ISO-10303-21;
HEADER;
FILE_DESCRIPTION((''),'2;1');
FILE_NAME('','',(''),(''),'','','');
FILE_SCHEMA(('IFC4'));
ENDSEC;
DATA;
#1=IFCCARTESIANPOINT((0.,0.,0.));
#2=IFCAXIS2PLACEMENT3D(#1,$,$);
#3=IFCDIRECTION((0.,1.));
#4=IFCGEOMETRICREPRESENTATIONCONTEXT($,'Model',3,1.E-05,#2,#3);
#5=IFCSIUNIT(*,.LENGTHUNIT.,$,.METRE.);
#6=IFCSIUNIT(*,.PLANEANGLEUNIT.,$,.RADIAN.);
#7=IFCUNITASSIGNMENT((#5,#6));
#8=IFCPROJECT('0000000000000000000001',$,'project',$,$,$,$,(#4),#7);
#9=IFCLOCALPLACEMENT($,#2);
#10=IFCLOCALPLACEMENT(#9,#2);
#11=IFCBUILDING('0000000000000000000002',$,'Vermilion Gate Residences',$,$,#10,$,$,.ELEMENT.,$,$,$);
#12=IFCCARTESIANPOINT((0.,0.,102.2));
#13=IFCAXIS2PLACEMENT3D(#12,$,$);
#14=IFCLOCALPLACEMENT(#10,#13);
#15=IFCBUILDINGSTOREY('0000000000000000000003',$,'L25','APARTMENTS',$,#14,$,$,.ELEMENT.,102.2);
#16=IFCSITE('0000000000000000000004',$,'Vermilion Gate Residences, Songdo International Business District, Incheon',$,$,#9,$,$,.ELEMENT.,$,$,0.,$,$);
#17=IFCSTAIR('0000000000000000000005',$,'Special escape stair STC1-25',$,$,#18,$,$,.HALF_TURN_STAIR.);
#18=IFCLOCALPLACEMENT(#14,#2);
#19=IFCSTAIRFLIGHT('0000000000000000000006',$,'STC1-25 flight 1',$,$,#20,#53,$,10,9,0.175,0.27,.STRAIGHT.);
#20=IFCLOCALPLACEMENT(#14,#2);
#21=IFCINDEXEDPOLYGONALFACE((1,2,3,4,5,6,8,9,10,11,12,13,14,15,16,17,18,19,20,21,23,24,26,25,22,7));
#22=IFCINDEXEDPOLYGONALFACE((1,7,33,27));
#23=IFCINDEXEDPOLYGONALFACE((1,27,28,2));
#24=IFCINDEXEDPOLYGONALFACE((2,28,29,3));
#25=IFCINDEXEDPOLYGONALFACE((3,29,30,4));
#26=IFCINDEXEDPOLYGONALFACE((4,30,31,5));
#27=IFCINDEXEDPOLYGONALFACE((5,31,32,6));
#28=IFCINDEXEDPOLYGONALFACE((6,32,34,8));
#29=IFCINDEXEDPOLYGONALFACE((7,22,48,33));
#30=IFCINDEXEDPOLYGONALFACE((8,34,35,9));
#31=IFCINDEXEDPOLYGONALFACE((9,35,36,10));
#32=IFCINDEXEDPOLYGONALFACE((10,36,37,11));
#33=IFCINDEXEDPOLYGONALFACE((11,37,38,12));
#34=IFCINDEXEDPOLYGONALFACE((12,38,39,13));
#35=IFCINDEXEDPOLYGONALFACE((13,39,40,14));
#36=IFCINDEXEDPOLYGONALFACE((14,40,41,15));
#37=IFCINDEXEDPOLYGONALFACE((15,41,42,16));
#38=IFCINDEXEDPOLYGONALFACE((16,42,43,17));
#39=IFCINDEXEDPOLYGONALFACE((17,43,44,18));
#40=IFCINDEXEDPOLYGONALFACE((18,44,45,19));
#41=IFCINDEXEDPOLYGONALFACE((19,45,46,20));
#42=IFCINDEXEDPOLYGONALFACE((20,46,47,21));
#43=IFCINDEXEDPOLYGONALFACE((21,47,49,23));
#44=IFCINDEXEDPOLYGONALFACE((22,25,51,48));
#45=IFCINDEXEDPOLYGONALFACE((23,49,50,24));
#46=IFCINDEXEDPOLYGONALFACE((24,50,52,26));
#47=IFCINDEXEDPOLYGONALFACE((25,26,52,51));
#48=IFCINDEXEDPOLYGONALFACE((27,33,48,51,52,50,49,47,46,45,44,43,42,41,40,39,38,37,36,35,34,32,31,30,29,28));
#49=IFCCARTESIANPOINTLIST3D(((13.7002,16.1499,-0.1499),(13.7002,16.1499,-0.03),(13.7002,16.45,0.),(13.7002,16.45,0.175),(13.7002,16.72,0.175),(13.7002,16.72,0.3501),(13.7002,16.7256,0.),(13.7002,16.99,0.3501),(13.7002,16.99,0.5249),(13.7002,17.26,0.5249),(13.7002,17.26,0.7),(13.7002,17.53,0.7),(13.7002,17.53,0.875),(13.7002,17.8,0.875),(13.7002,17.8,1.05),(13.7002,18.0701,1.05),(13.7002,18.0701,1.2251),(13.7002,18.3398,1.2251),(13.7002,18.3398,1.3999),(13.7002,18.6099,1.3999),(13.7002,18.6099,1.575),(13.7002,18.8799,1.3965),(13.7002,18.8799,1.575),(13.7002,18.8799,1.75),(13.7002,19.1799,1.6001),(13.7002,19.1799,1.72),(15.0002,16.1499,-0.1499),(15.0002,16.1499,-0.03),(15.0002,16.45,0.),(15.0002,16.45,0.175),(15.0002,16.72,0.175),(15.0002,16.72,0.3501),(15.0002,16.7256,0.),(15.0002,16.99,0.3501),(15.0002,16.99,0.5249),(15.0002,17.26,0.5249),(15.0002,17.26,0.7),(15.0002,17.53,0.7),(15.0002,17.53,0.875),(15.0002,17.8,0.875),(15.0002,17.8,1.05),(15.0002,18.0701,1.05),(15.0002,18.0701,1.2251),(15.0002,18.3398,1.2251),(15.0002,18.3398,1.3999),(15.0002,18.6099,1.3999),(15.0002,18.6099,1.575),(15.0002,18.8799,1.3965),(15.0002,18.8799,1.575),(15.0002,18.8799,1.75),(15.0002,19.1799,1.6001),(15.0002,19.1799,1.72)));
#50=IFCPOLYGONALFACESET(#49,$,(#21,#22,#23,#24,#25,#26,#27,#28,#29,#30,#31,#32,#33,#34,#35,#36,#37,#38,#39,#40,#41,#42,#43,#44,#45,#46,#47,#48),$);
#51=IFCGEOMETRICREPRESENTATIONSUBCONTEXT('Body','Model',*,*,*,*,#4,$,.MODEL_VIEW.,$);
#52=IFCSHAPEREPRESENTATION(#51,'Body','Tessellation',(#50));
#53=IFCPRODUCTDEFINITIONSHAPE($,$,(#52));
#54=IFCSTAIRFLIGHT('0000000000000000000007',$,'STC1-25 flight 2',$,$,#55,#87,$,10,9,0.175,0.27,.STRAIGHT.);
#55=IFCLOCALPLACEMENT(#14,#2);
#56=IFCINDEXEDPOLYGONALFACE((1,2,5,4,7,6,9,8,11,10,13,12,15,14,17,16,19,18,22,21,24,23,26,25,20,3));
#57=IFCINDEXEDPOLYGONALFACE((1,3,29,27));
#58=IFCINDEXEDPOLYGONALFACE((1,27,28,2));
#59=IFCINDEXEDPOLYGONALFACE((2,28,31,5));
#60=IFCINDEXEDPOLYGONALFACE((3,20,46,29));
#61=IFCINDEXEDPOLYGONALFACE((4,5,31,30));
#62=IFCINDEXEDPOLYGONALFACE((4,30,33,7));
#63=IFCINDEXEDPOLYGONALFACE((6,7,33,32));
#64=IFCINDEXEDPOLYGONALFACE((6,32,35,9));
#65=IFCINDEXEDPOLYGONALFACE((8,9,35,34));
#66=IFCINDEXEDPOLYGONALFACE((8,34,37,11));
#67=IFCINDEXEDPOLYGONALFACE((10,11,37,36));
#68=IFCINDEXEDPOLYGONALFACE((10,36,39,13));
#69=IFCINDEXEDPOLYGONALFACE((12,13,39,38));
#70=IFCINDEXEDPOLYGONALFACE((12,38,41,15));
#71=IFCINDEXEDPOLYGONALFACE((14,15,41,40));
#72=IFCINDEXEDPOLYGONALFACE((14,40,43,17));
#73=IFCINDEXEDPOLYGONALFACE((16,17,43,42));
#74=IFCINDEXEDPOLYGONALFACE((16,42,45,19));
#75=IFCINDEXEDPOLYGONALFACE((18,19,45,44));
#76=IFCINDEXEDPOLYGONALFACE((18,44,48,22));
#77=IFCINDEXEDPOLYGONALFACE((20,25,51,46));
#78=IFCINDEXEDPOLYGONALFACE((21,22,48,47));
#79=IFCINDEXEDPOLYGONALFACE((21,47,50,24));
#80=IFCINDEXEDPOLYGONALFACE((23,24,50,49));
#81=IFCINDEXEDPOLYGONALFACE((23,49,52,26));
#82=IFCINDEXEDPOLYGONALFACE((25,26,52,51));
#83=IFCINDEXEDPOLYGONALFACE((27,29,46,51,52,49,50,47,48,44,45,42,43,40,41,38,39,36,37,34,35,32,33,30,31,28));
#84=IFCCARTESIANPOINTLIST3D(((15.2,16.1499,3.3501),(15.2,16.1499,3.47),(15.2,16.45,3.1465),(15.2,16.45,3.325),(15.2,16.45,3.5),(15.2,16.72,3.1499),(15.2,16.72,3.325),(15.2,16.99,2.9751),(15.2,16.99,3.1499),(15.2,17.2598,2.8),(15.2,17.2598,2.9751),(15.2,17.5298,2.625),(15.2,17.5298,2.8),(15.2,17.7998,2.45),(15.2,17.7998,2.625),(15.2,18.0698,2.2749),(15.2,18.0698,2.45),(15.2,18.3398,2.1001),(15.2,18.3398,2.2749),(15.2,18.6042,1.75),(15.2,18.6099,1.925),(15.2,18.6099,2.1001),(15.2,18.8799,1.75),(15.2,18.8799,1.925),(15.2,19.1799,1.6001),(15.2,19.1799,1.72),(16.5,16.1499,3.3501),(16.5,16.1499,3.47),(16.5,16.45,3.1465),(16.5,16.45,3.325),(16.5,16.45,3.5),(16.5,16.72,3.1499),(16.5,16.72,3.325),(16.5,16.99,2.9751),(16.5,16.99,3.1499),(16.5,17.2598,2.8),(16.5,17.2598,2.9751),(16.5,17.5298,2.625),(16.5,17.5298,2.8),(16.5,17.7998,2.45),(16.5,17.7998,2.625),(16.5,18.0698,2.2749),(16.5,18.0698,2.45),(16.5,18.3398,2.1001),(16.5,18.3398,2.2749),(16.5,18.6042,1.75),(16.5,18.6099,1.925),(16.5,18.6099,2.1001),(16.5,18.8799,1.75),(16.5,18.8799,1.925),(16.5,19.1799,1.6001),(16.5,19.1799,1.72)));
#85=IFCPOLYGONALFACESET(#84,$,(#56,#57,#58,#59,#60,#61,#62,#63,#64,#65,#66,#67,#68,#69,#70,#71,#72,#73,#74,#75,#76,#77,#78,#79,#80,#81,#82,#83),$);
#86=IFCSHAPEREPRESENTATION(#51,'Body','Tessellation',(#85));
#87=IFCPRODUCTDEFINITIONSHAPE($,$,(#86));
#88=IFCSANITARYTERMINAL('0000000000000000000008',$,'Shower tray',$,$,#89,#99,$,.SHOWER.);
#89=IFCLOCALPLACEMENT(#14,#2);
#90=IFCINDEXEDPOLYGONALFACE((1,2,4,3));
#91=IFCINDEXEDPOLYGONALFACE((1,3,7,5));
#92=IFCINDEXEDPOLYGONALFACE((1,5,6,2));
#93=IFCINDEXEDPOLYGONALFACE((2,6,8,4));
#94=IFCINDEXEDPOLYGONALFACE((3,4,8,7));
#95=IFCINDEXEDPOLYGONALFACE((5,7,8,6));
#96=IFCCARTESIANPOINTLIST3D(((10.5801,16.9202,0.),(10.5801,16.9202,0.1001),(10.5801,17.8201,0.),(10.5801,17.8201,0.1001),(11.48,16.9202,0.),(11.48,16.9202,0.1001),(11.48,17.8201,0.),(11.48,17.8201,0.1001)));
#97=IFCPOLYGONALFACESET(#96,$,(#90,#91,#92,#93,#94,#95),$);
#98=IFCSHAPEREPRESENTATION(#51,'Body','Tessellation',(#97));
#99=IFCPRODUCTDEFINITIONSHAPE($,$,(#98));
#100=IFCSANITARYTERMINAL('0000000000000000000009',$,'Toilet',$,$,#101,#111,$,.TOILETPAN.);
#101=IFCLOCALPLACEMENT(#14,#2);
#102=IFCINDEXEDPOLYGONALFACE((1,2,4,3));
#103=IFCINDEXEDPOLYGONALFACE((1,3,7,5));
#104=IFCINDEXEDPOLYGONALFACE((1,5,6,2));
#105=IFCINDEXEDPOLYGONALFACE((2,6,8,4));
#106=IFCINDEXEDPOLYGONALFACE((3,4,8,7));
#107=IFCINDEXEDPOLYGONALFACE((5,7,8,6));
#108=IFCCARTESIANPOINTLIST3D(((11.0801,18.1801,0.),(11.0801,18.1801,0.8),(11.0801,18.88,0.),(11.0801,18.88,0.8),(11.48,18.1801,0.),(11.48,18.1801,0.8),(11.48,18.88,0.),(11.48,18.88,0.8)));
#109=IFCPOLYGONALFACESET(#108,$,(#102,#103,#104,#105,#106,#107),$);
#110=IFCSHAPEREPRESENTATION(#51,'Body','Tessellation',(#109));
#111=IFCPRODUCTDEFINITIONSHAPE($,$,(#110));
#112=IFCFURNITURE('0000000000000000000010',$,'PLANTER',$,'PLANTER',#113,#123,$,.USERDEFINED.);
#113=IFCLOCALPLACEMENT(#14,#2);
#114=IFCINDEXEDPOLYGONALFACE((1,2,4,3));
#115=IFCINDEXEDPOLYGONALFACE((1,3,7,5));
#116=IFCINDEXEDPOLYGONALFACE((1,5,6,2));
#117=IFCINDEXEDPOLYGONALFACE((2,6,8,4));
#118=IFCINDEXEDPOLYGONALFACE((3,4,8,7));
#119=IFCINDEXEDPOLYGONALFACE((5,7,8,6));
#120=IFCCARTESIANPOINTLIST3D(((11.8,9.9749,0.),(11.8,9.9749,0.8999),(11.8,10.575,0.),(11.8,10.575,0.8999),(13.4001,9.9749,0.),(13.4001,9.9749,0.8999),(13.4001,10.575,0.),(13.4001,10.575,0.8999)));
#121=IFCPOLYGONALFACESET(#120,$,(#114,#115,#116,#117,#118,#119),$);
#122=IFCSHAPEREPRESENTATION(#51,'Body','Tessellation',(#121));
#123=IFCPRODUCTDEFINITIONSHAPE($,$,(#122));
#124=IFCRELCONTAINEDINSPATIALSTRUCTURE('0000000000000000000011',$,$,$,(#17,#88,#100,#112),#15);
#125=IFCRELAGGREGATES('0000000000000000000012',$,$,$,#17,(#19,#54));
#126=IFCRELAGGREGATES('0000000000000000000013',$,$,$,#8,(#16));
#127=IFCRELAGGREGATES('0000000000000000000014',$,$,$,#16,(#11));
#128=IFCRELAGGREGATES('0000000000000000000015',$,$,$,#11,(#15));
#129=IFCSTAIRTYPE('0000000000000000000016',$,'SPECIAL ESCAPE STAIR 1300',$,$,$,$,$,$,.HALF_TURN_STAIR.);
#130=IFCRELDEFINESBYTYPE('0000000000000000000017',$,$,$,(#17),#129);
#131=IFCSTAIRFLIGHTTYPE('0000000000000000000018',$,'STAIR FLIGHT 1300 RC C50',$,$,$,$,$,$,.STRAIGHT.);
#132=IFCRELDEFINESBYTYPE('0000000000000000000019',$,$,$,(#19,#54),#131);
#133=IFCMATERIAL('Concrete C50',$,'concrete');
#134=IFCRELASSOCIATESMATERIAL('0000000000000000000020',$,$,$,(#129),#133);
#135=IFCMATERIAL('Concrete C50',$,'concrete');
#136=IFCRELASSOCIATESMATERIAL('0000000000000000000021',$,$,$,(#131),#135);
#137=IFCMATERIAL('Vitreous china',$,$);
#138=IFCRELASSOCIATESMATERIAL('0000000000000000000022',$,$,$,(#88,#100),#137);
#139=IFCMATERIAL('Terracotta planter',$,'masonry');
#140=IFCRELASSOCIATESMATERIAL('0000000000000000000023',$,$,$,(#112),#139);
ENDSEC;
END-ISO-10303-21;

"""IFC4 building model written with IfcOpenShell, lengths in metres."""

from ifc_helpers import new_model, si_unit, direction, frame, origin, origin_2d, place, context, subcontext, project, spatial, polyline, rectangle, outline, extrude, material, type_object, element, aggregate, save


model = new_model("IFC4")

# Units and contexts
model_context = context("Model", 3, precision=1e-05, world=origin(), true_north=direction((0.0, 1.0)))
body_context = subcontext(model_context, "Body", "Model", "MODEL_VIEW")
ifc_project = project(units=[si_unit("LENGTHUNIT", "METRE"), si_unit("PLANEANGLEUNIT", "RADIAN")], contexts=[model_context])

# Site, building, storey
site_placement = place(None, origin())
site = spatial("IfcSite", under=ifc_project, at=site_placement, Name="Vermilion Gate Residences, Songdo International Business District, Incheon", CompositionType="ELEMENT", RefElevation=0.0)
building_placement = place(site_placement, origin())
building = spatial("IfcBuilding", under=site, at=building_placement, Name="Vermilion Gate Residences", CompositionType="ELEMENT")
storey_placement = place(building_placement, frame((0.0, 0.0, 102.2)))
storey = spatial("IfcBuildingStorey", under=building, at=storey_placement, Name="L25", Description="APARTMENTS", CompositionType="ELEMENT", Elevation=102.2)

# Stair, stair flights
ifc_material_1 = material(Name="Concrete C50", Category="concrete")
stair_type = type_object("IfcStairType", Name="SPECIAL ESCAPE STAIR 1300", PredefinedType="HALF_TURN_STAIR", material=ifc_material_1)
stair_placement = place(storey_placement, origin())
stair = element("IfcStair", 1, at=stair_placement, inside=storey, type_object=stair_type, Name="Special escape stair STC1-25", PredefinedType="HALF_TURN_STAIR")
ifc_material_2 = material(Name="Concrete C50", Category="concrete")
stair_flight_type = type_object("IfcStairFlightType", Name="STAIR FLIGHT 1300 RC C50", PredefinedType="STRAIGHT", material=ifc_material_2)
stair_flight_1_placement = place(storey_placement, frame((14.3501, 16.45, 0.0), z_axis=(0.0, 0.0, 1.0), x_axis=(0.0, 1.0, 0.0)))
stair_flight_1 = element("IfcStairFlight", 2, at=stair_flight_1_placement, type_object=stair_flight_type, Name="STC1-25 flight 1", NumberOfRisers=10, NumberOfTreads=9, PredefinedType="STRAIGHT", RiserHeight=0.175, TreadLength=0.27, context=body_context, shape_type="SweptSolid", body=[
    extrude(outline(polyline([(-0.3, -0.1499), (-0.3, -0.03), (0.0, 0.0), (0.0, 0.175), (0.27, 0.175), (0.27, 0.3501), (0.54, 0.3501), (0.54, 0.5249), (0.8101, 0.5249), (0.8101, 0.7), (1.0801, 0.7), (1.0801, 0.875), (1.3501, 0.875), (1.3501, 1.05), (1.6201, 1.05), (1.6201, 1.2251), (1.8899, 1.2251), (1.8899, 1.3999), (2.1599, 1.3999), (2.1599, 1.575), (2.4299, 1.575), (2.4299, 1.75), (2.73, 1.72), (2.73, 1.6001), (2.4299, 1.3965), (0.2756, 0.0), (-0.3, -0.1499)])), frame((0.0, 0.6499, 0.0), z_axis=(0.0, -1.0, 0.0), x_axis=(1.0, 0.0, 0.0)), (0.0, 0.0, 1.0), 1.3),
])
stair_flight_2_placement = place(storey_placement, frame((15.8501, 18.8799, 1.75), z_axis=(0.0, 0.0, 1.0), x_axis=(0.0, -1.0, 0.0)))
stair_flight_2 = element("IfcStairFlight", 3, at=stair_flight_2_placement, type_object=stair_flight_type, Name="STC1-25 flight 2", NumberOfRisers=10, NumberOfTreads=9, PredefinedType="STRAIGHT", RiserHeight=0.175, TreadLength=0.27, context=body_context, shape_type="SweptSolid", body=[
    extrude(outline(polyline([(-0.3, -0.1499), (-0.3, -0.03), (0.0, 0.0), (0.0, 0.175), (0.27, 0.175), (0.27, 0.3501), (0.54, 0.3501), (0.54, 0.5249), (0.8101, 0.5249), (0.8101, 0.7), (1.0801, 0.7), (1.0801, 0.875), (1.3501, 0.875), (1.3501, 1.05), (1.6201, 1.05), (1.6201, 1.2251), (1.8899, 1.2251), (1.8899, 1.3999), (2.1599, 1.3999), (2.1599, 1.575), (2.4299, 1.575), (2.4299, 1.75), (2.73, 1.72), (2.73, 1.6001), (2.4299, 1.3965), (0.2756, 0.0), (-0.3, -0.1499)])), frame((0.0, 0.6499, 0.0), z_axis=(0.0, -1.0, 0.0), x_axis=(1.0, 0.0, 0.0)), (0.0, 0.0, 1.0), 1.3),
])
aggregate(stair, [stair_flight_1, stair_flight_2])

# Sanitary terminals
ifc_material_3 = material(Name="Vitreous china")
sanitary_terminal_1_placement = place(storey_placement, frame((11.03, 17.3701, 0.0), z_axis=(0.0, 0.0, 1.0), x_axis=(1.0, 0.0, 0.0)))
element("IfcSanitaryTerminal", 4, at=sanitary_terminal_1_placement, inside=storey, material=ifc_material_3, Name="Shower tray", PredefinedType="SHOWER", context=body_context, shape_type="SweptSolid", body=[
    extrude(rectangle(XDim=0.8999, YDim=0.8999, at=origin_2d()), origin(), (0.0, 0.0, 1.0), 0.1001),
])
sanitary_terminal_2_placement = place(storey_placement, frame((11.28, 18.53, 0.0), z_axis=(0.0, 0.0, 1.0), x_axis=(1.0, 0.0, 0.0)))
element("IfcSanitaryTerminal", 5, at=sanitary_terminal_2_placement, inside=storey, material=ifc_material_3, Name="Toilet", PredefinedType="TOILETPAN", context=body_context, shape_type="SweptSolid", body=[
    extrude(rectangle(XDim=0.3999, YDim=0.7, at=origin_2d()), origin(), (0.0, 0.0, 1.0), 0.8),
])

# Furniture
ifc_material_4 = material(Name="Terracotta planter", Category="masonry")
furniture_placement = place(storey_placement, frame((12.6001, 10.2749, 0.0), z_axis=(0.0, 0.0, 1.0), x_axis=(1.0, 0.0, 0.0)))
element("IfcFurniture", 6, at=furniture_placement, inside=storey, material=ifc_material_4, Name="PLANTER", ObjectType="PLANTER", PredefinedType="USERDEFINED", context=body_context, shape_type="SweptSolid", body=[
    extrude(rectangle(XDim=1.6001, YDim=0.6001, at=origin_2d()), origin(), (0.0, 0.0, 1.0), 0.8999),
])

save(model, "model.ifc")
